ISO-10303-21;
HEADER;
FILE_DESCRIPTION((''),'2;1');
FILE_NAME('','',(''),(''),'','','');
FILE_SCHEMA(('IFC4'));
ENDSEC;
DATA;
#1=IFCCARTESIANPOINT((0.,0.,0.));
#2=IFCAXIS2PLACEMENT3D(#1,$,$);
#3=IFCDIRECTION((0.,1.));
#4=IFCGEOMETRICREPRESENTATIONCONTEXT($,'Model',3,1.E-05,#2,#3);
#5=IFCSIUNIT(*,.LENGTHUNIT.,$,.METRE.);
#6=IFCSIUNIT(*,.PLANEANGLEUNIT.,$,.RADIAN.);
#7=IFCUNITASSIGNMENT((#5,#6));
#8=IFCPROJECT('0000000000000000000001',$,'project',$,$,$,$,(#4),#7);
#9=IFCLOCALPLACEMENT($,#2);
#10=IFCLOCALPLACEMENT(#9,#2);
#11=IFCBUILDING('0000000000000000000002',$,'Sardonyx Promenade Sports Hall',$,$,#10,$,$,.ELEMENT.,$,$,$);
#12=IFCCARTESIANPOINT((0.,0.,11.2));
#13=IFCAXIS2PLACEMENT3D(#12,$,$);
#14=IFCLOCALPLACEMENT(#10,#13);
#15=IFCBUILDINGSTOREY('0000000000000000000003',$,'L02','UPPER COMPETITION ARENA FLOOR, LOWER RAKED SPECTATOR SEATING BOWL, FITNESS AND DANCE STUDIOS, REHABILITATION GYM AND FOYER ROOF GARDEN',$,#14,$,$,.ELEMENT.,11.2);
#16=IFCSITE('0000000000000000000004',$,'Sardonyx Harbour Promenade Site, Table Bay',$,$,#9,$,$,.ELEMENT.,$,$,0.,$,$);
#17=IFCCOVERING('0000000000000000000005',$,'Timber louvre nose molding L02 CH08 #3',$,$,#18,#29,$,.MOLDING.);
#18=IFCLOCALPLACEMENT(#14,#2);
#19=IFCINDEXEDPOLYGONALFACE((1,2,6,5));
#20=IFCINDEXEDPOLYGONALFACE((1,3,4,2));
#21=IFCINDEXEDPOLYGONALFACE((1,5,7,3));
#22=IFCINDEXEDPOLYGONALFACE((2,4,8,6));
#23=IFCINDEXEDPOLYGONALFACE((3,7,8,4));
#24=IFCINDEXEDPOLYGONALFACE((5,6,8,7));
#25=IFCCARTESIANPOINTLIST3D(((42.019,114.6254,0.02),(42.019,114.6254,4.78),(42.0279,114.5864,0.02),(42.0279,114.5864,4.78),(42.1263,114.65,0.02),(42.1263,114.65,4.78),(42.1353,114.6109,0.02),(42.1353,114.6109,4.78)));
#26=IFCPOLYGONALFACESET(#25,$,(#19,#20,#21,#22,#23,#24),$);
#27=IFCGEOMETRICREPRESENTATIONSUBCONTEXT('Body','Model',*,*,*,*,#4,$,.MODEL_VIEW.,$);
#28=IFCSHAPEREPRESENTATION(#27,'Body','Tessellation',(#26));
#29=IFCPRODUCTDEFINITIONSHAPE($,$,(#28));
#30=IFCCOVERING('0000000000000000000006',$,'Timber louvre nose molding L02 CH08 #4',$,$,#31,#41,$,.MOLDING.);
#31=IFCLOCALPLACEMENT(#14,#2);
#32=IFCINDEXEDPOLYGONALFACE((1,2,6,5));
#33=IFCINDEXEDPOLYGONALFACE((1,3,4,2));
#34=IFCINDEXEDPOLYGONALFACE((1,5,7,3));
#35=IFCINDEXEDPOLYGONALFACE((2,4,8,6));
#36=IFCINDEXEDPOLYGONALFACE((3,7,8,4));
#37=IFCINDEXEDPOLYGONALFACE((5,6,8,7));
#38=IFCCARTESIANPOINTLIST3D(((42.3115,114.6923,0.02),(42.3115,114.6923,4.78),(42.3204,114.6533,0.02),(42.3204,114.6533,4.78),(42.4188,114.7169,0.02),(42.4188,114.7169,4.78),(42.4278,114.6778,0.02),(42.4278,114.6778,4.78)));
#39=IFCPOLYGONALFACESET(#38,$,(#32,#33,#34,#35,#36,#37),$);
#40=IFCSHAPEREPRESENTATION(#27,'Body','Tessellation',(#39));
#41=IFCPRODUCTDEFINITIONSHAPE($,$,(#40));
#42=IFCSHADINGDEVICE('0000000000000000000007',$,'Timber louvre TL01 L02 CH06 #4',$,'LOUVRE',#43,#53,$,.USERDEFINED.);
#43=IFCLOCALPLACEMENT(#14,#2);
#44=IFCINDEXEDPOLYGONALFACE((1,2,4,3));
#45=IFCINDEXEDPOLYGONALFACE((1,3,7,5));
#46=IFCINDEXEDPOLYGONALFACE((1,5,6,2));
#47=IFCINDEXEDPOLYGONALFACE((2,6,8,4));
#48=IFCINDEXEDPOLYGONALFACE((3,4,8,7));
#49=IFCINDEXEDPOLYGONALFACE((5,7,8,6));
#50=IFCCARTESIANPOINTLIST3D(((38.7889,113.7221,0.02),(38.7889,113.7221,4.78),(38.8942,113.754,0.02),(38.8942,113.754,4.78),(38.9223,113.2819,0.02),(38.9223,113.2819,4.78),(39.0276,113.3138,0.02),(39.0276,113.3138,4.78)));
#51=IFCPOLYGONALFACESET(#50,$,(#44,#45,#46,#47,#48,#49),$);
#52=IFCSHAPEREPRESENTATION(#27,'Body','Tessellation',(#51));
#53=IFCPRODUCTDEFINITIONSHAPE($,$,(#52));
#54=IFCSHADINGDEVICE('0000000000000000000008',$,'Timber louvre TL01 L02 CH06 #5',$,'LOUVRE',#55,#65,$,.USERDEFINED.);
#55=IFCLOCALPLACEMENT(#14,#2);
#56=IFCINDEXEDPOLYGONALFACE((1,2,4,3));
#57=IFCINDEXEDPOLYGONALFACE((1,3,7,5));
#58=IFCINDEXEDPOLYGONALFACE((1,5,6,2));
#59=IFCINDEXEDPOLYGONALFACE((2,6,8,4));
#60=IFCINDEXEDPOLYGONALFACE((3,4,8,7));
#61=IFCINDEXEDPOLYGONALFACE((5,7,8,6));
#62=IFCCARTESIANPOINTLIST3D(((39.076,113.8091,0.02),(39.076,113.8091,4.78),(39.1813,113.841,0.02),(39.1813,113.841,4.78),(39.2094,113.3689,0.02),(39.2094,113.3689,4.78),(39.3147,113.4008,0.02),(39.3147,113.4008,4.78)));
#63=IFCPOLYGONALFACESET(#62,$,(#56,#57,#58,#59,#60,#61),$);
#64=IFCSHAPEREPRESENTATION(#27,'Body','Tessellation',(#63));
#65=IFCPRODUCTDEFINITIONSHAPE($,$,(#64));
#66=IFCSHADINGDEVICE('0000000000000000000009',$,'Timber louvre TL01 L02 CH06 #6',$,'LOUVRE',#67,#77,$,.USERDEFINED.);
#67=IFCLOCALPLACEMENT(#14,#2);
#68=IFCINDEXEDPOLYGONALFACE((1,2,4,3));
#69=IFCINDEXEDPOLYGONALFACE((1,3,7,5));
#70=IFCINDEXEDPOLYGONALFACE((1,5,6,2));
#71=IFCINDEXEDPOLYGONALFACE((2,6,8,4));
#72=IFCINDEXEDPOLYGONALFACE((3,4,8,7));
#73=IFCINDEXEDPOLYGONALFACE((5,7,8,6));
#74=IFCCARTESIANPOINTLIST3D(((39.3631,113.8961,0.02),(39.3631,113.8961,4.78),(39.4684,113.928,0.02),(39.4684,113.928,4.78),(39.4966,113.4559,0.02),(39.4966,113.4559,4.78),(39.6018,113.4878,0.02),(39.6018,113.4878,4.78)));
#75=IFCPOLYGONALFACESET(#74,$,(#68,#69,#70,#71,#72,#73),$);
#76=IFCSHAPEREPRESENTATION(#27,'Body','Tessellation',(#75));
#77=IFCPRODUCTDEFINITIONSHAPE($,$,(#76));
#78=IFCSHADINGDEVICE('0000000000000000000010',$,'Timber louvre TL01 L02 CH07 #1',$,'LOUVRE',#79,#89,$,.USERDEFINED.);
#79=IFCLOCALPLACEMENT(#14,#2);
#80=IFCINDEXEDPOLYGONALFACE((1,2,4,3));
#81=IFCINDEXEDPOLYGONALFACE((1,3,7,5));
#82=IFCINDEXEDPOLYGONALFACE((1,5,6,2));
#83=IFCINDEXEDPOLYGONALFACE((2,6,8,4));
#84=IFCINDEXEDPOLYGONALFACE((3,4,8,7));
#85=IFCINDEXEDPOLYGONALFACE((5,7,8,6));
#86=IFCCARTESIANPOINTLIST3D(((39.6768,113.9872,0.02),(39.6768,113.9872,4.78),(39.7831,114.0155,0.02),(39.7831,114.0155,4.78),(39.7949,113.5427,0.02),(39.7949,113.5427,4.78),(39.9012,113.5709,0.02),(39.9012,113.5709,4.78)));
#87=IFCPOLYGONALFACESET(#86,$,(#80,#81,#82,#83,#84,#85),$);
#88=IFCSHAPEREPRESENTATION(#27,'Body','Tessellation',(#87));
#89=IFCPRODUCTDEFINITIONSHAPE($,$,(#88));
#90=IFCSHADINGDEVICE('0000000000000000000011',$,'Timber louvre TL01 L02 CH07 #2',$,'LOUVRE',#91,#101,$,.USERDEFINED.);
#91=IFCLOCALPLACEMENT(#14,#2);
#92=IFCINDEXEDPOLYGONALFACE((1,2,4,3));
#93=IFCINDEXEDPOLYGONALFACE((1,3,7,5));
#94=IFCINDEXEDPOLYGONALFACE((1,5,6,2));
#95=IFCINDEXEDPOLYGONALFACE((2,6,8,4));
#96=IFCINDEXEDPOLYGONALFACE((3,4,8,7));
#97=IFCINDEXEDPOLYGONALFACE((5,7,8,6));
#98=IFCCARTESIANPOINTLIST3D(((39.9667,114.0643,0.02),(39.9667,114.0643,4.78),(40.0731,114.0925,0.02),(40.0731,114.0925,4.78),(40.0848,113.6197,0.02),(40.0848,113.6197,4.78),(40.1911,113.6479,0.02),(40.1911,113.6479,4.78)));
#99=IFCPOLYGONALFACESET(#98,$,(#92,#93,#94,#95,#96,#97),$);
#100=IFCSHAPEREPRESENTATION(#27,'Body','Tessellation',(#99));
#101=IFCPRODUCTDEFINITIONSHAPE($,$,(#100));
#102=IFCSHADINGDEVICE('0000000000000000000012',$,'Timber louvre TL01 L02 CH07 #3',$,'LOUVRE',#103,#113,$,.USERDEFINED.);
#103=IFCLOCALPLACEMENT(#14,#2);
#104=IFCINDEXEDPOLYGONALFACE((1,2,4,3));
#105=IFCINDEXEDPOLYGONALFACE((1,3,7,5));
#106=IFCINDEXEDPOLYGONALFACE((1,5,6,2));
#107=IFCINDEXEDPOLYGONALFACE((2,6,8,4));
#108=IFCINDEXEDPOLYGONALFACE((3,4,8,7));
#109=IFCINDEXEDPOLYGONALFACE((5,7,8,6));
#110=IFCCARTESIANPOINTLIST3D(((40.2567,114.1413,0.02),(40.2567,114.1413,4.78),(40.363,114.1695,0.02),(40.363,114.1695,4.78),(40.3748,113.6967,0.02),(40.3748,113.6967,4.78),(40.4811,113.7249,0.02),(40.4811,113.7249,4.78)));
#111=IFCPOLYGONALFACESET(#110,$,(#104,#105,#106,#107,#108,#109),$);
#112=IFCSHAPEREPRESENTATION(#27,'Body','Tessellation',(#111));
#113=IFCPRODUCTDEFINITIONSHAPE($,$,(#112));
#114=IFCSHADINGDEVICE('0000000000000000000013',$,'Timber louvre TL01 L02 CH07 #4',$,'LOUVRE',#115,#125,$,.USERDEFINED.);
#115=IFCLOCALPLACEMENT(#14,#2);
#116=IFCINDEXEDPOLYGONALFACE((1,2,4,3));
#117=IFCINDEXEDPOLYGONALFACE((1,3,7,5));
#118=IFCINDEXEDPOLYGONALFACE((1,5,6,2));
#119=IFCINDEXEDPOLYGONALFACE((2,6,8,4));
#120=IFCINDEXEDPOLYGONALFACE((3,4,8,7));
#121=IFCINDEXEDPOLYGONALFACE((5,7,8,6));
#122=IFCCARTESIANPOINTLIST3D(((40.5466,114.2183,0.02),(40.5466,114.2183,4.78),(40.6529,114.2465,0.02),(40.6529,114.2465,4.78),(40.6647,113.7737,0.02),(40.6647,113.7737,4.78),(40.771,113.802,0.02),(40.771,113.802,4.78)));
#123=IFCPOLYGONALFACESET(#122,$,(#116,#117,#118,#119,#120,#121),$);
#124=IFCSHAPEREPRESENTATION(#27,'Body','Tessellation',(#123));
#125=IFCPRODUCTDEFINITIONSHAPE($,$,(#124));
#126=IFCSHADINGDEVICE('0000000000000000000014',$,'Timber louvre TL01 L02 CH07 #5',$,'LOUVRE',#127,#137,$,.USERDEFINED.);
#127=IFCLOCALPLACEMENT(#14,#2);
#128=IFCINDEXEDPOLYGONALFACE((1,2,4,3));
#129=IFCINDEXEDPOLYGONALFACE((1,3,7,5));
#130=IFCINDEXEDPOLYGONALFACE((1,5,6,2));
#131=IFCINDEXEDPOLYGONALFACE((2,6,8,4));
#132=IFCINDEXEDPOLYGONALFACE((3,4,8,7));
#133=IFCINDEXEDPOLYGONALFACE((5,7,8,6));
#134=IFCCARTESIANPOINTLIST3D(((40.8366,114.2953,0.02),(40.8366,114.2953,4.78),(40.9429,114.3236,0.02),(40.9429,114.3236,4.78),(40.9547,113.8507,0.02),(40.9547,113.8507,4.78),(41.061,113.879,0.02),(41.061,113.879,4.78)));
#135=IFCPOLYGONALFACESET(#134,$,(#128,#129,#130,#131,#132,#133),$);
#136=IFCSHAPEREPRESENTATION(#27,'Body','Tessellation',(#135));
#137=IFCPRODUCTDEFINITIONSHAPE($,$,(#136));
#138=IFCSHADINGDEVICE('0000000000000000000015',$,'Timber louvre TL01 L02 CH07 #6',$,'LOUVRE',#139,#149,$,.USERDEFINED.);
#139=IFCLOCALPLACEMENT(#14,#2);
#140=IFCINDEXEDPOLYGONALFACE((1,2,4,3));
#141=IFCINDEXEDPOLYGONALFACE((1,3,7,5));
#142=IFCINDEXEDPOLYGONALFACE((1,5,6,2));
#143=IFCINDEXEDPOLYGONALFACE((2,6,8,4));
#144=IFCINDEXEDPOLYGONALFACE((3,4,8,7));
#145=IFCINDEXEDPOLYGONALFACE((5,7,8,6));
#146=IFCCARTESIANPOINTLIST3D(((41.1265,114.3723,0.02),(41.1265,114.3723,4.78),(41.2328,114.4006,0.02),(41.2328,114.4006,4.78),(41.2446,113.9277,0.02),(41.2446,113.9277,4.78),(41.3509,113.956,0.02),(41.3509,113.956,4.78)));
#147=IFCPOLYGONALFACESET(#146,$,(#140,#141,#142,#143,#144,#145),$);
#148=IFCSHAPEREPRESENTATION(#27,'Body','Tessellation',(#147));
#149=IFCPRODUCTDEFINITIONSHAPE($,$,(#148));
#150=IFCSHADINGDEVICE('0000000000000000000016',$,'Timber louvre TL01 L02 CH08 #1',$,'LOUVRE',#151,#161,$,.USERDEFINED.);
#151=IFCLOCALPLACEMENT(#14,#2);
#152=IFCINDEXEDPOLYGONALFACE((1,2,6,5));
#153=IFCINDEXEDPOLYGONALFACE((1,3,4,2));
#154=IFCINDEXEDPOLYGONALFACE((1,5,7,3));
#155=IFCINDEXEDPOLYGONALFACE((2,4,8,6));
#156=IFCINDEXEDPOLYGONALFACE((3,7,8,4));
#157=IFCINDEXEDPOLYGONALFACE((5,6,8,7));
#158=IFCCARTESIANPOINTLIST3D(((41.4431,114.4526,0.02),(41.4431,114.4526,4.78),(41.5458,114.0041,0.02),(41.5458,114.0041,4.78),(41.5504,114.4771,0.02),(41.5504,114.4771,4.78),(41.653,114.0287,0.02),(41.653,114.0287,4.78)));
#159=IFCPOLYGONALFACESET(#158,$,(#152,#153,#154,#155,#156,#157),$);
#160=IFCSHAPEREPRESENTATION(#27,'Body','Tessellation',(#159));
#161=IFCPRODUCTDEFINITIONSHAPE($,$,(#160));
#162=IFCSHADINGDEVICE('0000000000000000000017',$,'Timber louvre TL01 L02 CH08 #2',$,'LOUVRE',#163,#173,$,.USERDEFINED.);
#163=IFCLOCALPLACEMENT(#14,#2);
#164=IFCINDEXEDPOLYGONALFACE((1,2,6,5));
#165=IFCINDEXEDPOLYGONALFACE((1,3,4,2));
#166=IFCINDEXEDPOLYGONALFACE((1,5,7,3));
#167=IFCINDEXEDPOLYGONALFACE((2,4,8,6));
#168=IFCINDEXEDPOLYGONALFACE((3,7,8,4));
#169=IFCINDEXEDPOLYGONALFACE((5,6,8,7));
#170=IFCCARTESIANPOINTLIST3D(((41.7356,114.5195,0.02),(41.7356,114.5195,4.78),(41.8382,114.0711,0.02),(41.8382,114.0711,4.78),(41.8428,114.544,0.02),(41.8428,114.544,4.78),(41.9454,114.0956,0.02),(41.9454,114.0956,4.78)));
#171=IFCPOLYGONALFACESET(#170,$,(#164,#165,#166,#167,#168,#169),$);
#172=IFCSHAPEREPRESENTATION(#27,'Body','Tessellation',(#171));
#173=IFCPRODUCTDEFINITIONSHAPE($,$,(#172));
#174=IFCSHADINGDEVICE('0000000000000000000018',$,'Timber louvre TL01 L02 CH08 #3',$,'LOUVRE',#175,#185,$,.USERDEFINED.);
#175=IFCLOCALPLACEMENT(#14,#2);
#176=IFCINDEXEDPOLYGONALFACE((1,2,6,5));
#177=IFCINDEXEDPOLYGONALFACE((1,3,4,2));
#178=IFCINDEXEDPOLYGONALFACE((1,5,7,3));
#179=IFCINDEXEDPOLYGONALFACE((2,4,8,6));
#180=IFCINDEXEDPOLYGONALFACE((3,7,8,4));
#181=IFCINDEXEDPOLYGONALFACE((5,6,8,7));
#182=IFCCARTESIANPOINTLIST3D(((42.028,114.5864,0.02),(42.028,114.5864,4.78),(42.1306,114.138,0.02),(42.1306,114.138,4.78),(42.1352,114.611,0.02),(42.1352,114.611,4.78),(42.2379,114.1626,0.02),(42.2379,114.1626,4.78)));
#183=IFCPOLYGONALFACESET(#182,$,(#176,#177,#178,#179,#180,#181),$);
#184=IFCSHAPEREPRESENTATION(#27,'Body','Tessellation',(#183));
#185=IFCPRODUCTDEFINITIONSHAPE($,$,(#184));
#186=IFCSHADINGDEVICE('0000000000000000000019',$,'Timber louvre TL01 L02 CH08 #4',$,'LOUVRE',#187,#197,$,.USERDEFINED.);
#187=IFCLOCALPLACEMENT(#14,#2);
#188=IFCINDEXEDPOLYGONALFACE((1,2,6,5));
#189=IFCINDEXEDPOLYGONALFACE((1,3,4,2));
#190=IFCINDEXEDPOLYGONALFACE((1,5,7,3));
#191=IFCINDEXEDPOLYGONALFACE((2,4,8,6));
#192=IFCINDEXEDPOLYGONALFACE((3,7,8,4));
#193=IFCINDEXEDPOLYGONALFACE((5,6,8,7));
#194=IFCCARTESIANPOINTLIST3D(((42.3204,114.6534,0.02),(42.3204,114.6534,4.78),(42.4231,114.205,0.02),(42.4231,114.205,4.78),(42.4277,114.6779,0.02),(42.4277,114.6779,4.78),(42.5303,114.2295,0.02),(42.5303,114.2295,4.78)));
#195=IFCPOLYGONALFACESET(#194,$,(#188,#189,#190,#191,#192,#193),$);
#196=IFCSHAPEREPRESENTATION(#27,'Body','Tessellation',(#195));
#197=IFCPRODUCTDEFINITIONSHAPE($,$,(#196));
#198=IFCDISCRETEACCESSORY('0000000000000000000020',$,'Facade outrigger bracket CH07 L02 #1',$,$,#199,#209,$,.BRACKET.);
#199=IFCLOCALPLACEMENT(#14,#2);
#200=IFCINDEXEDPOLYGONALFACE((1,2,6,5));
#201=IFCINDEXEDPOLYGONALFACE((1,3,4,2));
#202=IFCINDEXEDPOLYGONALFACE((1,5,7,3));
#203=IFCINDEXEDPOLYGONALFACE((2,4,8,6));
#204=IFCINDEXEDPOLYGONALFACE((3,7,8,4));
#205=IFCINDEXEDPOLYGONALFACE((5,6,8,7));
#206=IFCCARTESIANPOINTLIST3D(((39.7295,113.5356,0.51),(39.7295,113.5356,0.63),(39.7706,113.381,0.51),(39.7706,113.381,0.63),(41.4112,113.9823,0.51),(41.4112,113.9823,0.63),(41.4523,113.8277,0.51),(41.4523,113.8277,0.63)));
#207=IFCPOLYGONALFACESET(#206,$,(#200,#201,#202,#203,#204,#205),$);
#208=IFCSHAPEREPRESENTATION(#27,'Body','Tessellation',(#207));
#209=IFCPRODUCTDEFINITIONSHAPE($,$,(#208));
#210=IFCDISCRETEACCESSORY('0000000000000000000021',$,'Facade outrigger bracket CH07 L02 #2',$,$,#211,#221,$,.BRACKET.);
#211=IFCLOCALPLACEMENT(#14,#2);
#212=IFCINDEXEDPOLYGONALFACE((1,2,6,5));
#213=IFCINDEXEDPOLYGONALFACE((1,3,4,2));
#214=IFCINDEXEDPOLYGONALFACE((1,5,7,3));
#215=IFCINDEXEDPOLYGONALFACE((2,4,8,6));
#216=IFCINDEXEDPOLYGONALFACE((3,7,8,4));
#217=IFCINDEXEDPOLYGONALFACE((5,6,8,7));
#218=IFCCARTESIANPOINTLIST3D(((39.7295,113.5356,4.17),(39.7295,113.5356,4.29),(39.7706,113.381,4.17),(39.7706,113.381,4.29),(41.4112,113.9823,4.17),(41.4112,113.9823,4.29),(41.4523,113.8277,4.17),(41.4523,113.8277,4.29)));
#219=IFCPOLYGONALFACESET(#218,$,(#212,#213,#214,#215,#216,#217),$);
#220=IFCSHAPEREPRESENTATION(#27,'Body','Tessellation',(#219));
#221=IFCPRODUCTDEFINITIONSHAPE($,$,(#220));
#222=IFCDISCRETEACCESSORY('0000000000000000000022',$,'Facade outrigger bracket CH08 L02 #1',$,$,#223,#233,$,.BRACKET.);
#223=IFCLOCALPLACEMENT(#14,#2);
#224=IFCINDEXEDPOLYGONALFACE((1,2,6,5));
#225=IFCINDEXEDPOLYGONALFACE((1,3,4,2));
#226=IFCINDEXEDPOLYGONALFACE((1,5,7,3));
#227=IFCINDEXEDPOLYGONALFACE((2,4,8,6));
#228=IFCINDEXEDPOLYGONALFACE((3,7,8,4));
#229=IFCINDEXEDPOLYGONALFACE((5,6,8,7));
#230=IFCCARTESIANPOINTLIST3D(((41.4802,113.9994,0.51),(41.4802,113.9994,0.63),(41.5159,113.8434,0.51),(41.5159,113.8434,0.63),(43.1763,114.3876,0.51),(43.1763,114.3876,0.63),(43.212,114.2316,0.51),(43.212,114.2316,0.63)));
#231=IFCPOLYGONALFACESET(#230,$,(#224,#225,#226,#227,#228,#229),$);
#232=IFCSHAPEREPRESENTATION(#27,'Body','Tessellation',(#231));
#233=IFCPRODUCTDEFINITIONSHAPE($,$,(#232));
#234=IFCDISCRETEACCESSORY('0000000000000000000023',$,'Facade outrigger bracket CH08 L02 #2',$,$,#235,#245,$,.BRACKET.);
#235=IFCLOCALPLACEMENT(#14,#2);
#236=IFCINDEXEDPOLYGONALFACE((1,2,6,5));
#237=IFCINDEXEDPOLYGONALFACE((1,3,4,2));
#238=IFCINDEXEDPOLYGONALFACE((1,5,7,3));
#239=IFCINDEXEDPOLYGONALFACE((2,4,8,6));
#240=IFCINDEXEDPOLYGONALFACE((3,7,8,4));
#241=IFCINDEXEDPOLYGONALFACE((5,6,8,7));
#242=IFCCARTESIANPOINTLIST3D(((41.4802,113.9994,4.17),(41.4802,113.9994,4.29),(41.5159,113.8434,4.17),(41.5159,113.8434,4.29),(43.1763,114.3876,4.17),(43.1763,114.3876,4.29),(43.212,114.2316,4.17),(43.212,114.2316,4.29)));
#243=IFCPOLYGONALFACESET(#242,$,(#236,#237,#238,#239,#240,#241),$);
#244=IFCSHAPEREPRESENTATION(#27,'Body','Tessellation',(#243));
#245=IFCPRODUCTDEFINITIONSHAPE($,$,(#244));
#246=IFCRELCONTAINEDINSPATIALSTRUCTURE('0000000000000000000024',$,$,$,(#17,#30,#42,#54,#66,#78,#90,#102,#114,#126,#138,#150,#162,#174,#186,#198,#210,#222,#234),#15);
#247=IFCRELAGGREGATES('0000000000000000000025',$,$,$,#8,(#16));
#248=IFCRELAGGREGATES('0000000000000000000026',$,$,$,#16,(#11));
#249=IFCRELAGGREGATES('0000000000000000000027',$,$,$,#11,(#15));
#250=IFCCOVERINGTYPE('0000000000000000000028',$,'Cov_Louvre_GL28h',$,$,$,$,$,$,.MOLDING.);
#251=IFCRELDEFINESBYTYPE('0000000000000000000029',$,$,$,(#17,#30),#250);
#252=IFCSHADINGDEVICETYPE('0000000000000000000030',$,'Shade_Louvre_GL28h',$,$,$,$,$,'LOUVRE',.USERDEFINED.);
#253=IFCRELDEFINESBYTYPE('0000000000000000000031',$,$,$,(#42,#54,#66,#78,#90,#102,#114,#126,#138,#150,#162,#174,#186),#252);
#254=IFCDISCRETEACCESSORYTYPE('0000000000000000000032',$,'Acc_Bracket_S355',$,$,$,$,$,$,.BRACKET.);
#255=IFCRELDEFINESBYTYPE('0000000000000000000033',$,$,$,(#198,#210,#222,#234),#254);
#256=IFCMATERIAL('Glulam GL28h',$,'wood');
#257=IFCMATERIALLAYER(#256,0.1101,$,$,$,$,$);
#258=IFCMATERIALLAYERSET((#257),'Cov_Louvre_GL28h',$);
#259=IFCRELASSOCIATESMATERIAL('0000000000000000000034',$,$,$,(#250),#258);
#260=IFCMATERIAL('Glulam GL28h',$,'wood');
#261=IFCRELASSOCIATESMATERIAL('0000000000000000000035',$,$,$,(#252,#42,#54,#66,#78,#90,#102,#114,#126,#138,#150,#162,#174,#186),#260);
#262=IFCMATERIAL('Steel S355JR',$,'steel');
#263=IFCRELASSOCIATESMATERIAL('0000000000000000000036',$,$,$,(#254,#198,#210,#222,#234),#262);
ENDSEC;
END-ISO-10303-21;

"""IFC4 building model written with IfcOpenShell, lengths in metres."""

from ifc_helpers import new_model, si_unit, direction, frame, origin, origin_2d, place, context, subcontext, project, spatial, rectangle, extrude, material, layer, layer_set, type_object, element, save


model = new_model("IFC4")

# Units and contexts
model_context = context("Model", 3, precision=1e-05, world=origin(), true_north=direction((0.0, 1.0)))
body_context = subcontext(model_context, "Body", "Model", "MODEL_VIEW")
ifc_project = project(units=[si_unit("LENGTHUNIT", "METRE"), si_unit("PLANEANGLEUNIT", "RADIAN")], contexts=[model_context])

# Site, building, storey
site_placement = place(None, origin())
site = spatial("IfcSite", under=ifc_project, at=site_placement, Name="Sardonyx Harbour Promenade Site, Table Bay", CompositionType="ELEMENT", RefElevation=0.0)
building_placement = place(site_placement, origin())
building = spatial("IfcBuilding", under=site, at=building_placement, Name="Sardonyx Promenade Sports Hall", CompositionType="ELEMENT")
storey_placement = place(building_placement, frame((0.0, 0.0, 11.2)))
storey = spatial("IfcBuildingStorey", under=building, at=storey_placement, Name="L02", Description="UPPER COMPETITION ARENA FLOOR, LOWER RAKED SPECTATOR SEATING BOWL, FITNESS AND DANCE STUDIOS, REHABILITATION GYM AND FOYER ROOF GARDEN", CompositionType="ELEMENT", Elevation=11.2)

# Coverings
ifc_material_1 = material(Name="Glulam GL28h", Category="wood")
ifc_layer_1 = layer(ifc_material_1, 0.1101)
ifc_layer_set_1 = layer_set([ifc_layer_1], Name="Cov_Louvre_GL28h")
covering_type = type_object("IfcCoveringType", Name="Cov_Louvre_GL28h", PredefinedType="MOLDING", material=ifc_layer_set_1)
for number, where, z_axis, x_axis, name in (
    (1, (42.0771, 114.6182, 0.02), (0.0, 0.0, 1.0), (0.974792, 0.223117, 0.0), "Timber louvre nose molding L02 CH08 #3"),
    (2, (42.3696, 114.6851, 0.02), (0.0, 0.0, 1.0), (0.974792, 0.223117, 0.0), "Timber louvre nose molding L02 CH08 #4"),
):
    element("IfcCovering", number, at=place(storey_placement, frame(where, z_axis=z_axis, x_axis=x_axis)), inside=storey, type_object=covering_type, Name=name, PredefinedType="MOLDING", context=body_context, shape_type="SweptSolid", body=[
        extrude(rectangle(XDim=0.1101, YDim=0.04, at=origin_2d()), origin(), (0.0, 0.0, 1.0), 4.76),
    ])

# Shading devices
ifc_material_2 = material(Name="Glulam GL28h", Category="wood")
shading_device_type = type_object("IfcShadingDeviceType", Name="Shade_Louvre_GL28h", ElementType="LOUVRE", PredefinedType="USERDEFINED", material=ifc_material_2)
for number, where, z_axis, x_axis, name in (
    (3, (38.9083, 113.5179, 0.02), (0.0, 0.0, 1.0), (0.957021, 0.290017, 0.0), "Timber louvre TL01 L02 CH06 #4"),
    (4, (39.1954, 113.605, 0.02), (0.0, 0.0, 1.0), (0.957021, 0.290017, 0.0), "Timber louvre TL01 L02 CH06 #5"),
    (5, (39.4825, 113.692, 0.02), (0.0, 0.0, 1.0), (0.957021, 0.290017, 0.0), "Timber louvre TL01 L02 CH06 #6"),
    (6, (39.789, 113.7791, 0.02), (0.0, 0.0, 1.0), (0.966485, 0.256721, 0.0), "Timber louvre TL01 L02 CH07 #1"),
    (7, (40.0789, 113.8561, 0.02), (0.0, 0.0, 1.0), (0.966485, 0.256721, 0.0), "Timber louvre TL01 L02 CH07 #2"),
    (8, (40.3689, 113.9331, 0.02), (0.0, 0.0, 1.0), (0.966485, 0.256721, 0.0), "Timber louvre TL01 L02 CH07 #3"),
    (9, (40.6588, 114.0101, 0.02), (0.0, 0.0, 1.0), (0.966485, 0.256721, 0.0), "Timber louvre TL01 L02 CH07 #4"),
    (10, (40.9488, 114.0871, 0.02), (0.0, 0.0, 1.0), (0.966485, 0.256721, 0.0), "Timber louvre TL01 L02 CH07 #5"),
    (11, (41.2387, 114.1642, 0.02), (0.0, 0.0, 1.0), (0.966485, 0.256721, 0.0), "Timber louvre TL01 L02 CH07 #6"),
    (12, (41.5481, 114.2406, 0.02), (0.0, 0.0, 1.0), (0.974792, 0.223117, 0.0), "Timber louvre TL01 L02 CH08 #1"),
    (13, (41.8405, 114.3076, 0.02), (0.0, 0.0, 1.0), (0.974792, 0.223117, 0.0), "Timber louvre TL01 L02 CH08 #2"),
    (14, (42.1329, 114.3745, 0.02), (0.0, 0.0, 1.0), (0.974792, 0.223117, 0.0), "Timber louvre TL01 L02 CH08 #3"),
    (15, (42.4254, 114.4414, 0.02), (0.0, 0.0, 1.0), (0.974792, 0.223117, 0.0), "Timber louvre TL01 L02 CH08 #4"),
):
    element("IfcShadingDevice", number, at=place(storey_placement, frame(where, z_axis=z_axis, x_axis=x_axis)), inside=storey, type_object=shading_device_type, material=ifc_material_2, Name=name, ObjectType="LOUVRE", PredefinedType="USERDEFINED", context=body_context, shape_type="SweptSolid", body=[
        extrude(rectangle(XDim=0.11, YDim=0.46), origin(), (0.0, 0.0, 1.0), 4.76),
    ])

# Discrete accessories
ifc_material_3 = material(Name="Steel S355JR", Category="steel")
discrete_accessory_type = type_object("IfcDiscreteAccessoryType", Name="Acc_Bracket_S355", PredefinedType="BRACKET", material=ifc_material_3)
for number, where, z_axis, x_axis, name in (
    (16, (40.5909, 113.6817, 0.51), (0.0, 0.0, 1.0), (0.966485, 0.256721, 0.0), "Facade outrigger bracket CH07 L02 #1"),
    (17, (40.5909, 113.6817, 4.17), (0.0, 0.0, 1.0), (0.966485, 0.256721, 0.0), "Facade outrigger bracket CH07 L02 #2"),
    (18, (42.3461, 114.1155, 0.51), (0.0, 0.0, 1.0), (0.974792, 0.223117, 0.0), "Facade outrigger bracket CH08 L02 #1"),
    (19, (42.3461, 114.1155, 4.17), (0.0, 0.0, 1.0), (0.974792, 0.223117, 0.0), "Facade outrigger bracket CH08 L02 #2"),
):
    element("IfcDiscreteAccessory", number, at=place(storey_placement, frame(where, z_axis=z_axis, x_axis=x_axis)), inside=storey, type_object=discrete_accessory_type, material=ifc_material_3, Name=name, PredefinedType="BRACKET", context=body_context, shape_type="SweptSolid", body=[
        extrude(rectangle(XDim=1.74, YDim=0.16), origin(), (0.0, 0.0, 1.0), 0.12),
    ])

save(model, "model.ifc")
